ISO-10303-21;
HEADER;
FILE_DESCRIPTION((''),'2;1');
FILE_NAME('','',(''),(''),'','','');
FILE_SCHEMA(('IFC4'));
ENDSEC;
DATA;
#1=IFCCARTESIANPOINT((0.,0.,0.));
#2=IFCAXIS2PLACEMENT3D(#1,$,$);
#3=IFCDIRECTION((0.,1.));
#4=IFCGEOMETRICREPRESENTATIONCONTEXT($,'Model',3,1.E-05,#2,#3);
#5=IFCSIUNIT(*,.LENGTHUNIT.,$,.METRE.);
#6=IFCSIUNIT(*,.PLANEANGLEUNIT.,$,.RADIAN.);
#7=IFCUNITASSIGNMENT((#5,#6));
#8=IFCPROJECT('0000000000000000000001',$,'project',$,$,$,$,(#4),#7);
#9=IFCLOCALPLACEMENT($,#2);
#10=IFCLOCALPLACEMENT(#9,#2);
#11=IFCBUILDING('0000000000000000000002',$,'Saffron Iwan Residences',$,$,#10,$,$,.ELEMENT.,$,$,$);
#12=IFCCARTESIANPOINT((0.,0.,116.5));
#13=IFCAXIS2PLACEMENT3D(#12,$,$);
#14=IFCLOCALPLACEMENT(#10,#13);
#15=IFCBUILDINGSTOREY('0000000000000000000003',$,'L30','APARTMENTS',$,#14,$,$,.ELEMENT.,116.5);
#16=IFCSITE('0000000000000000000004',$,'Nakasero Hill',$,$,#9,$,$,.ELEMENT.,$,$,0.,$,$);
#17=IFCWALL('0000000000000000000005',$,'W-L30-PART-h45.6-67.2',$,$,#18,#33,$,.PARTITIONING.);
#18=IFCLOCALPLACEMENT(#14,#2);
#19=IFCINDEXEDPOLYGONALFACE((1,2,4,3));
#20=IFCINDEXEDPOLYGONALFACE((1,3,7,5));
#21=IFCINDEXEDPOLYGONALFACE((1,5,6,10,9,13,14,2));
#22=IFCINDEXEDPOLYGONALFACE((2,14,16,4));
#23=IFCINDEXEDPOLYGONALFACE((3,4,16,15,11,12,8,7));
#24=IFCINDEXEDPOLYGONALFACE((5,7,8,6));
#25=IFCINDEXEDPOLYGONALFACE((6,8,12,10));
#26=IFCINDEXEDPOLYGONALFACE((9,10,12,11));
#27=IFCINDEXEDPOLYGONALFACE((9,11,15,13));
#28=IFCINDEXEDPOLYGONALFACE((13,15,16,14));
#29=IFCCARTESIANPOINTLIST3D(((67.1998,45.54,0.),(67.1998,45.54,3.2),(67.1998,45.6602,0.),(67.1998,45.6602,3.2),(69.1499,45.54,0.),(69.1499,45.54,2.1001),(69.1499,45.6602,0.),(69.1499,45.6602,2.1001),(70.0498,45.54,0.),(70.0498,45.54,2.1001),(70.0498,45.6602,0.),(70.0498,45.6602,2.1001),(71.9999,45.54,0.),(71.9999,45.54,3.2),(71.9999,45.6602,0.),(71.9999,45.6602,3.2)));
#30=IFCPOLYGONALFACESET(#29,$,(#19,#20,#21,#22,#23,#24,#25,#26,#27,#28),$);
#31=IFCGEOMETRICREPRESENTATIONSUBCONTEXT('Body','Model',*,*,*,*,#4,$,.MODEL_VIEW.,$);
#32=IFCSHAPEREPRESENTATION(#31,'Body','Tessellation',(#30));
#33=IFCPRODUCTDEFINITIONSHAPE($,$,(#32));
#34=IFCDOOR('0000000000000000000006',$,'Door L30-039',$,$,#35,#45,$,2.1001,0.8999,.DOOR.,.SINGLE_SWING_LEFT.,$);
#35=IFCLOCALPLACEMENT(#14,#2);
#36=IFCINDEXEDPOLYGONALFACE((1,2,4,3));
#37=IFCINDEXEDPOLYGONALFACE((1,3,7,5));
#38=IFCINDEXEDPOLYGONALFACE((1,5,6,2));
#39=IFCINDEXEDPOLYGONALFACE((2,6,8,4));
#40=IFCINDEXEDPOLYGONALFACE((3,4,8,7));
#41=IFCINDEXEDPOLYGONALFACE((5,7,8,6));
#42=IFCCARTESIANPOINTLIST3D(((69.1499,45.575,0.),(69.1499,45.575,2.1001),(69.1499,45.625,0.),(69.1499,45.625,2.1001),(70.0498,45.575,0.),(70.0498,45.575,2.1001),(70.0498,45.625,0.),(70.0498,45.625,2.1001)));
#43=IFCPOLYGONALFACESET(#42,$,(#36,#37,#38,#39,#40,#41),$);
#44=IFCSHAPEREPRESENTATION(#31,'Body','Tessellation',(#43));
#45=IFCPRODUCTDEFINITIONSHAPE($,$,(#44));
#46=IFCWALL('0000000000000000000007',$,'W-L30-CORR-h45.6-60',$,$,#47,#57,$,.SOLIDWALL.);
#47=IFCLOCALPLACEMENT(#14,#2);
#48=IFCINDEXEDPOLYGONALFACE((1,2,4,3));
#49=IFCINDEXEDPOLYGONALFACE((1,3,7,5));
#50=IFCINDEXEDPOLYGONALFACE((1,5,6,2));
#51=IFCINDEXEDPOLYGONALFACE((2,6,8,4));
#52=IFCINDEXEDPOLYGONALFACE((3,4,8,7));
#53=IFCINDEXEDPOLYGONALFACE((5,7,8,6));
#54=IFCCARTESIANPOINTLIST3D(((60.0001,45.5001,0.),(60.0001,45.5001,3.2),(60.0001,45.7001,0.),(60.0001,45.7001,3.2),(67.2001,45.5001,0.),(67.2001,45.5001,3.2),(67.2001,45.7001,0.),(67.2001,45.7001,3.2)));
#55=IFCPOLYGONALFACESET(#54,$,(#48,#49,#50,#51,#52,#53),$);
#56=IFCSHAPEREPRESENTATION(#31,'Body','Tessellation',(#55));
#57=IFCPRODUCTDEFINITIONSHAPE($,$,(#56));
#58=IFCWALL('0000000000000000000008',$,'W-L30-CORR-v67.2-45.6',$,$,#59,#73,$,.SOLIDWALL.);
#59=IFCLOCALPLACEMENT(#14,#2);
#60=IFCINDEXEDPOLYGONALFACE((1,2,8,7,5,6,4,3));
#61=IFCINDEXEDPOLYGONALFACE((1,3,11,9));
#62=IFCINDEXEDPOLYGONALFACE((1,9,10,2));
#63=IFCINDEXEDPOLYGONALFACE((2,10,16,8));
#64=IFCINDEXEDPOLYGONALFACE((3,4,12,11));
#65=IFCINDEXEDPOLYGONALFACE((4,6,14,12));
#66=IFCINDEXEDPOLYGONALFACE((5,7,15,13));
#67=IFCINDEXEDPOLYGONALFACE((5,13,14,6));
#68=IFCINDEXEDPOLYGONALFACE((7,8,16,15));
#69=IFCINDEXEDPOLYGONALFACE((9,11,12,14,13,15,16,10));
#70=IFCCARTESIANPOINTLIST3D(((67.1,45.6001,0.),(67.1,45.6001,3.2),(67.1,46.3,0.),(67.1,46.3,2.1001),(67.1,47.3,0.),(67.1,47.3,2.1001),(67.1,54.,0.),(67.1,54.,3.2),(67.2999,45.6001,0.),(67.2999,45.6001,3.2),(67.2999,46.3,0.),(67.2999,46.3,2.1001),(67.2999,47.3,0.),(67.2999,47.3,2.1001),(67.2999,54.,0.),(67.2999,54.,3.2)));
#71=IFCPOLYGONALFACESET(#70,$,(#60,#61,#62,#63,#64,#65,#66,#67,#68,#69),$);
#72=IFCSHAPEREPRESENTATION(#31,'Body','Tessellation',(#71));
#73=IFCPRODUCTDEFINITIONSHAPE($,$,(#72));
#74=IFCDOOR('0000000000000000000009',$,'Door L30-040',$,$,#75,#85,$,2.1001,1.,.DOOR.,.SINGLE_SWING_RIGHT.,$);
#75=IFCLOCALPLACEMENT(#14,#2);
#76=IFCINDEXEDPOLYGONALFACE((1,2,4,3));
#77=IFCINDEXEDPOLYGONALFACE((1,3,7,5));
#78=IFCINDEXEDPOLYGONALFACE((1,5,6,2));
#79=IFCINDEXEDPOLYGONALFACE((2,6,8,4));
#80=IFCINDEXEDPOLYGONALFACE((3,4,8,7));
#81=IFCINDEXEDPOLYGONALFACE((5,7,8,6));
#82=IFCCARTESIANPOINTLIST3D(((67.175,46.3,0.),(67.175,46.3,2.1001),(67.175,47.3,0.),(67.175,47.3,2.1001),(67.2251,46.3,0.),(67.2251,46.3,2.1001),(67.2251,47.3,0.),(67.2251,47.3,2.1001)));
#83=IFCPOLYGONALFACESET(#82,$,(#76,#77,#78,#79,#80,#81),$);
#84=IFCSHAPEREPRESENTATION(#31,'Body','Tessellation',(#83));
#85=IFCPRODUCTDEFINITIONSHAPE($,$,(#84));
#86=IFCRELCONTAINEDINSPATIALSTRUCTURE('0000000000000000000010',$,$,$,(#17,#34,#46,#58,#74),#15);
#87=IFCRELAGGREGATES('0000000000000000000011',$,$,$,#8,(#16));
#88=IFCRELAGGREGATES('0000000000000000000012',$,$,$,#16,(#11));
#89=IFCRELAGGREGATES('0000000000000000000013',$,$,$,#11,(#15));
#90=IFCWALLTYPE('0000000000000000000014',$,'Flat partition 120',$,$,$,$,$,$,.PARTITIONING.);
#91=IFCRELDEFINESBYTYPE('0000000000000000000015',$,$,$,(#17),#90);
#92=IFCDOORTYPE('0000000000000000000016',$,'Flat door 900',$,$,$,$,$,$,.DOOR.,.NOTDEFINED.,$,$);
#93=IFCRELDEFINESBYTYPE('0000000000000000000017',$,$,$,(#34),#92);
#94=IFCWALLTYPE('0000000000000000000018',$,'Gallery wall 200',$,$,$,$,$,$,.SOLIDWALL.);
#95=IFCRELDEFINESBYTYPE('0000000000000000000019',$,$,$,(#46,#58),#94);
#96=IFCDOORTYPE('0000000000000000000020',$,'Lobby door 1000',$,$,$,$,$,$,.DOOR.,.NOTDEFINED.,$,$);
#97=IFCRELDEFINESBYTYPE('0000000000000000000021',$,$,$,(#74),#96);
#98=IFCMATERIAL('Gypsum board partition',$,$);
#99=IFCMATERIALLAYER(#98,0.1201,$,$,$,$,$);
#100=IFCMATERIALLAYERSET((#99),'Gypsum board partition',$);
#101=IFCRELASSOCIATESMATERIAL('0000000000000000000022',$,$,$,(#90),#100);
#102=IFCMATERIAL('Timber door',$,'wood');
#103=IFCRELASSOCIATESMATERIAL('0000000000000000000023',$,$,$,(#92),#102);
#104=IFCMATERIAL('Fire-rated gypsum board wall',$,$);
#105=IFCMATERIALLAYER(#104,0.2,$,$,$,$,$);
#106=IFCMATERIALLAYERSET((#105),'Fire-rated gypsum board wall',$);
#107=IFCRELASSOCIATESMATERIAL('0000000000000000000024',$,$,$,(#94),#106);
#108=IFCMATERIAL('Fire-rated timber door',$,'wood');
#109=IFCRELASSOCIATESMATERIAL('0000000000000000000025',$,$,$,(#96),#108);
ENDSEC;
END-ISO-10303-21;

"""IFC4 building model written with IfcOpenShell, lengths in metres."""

from ifc_helpers import new_model, si_unit, direction, frame, frame_2d, origin, place, context, subcontext, project, spatial, rectangle, extrude, material, layer, layer_set, type_object, element, fill, save


model = new_model("IFC4")

# Units and contexts
model_context = context("Model", 3, precision=1e-05, world=origin(), true_north=direction((0.0, 1.0)))
body_context = subcontext(model_context, "Body", "Model", "MODEL_VIEW")
ifc_project = project(units=[si_unit("LENGTHUNIT", "METRE"), si_unit("PLANEANGLEUNIT", "RADIAN")], contexts=[model_context])

# Site, building, storey
site_placement = place(None, origin())
site = spatial("IfcSite", under=ifc_project, at=site_placement, Name="Nakasero Hill", CompositionType="ELEMENT", RefElevation=0.0)
building_placement = place(site_placement, origin())
building = spatial("IfcBuilding", under=site, at=building_placement, Name="Saffron Iwan Residences", CompositionType="ELEMENT")
storey_placement = place(building_placement, frame((0.0, 0.0, 116.5)))
storey = spatial("IfcBuildingStorey", under=building, at=storey_placement, Name="L30", Description="APARTMENTS", CompositionType="ELEMENT", Elevation=116.5)

# Shared definitions
ifc_material_1 = material(Name="Gypsum board partition")
ifc_layer_1 = layer(ifc_material_1, 0.1201)
ifc_layer_set_1 = layer_set([ifc_layer_1], Name="Gypsum board partition")
wall_type_1 = type_object("IfcWallType", Name="Flat partition 120", PredefinedType="PARTITIONING", material=ifc_layer_set_1)
ifc_material_2 = material(Name="Timber door", Category="wood")
door_type_1 = type_object("IfcDoorType", Name="Flat door 900", OperationType="NOTDEFINED", PredefinedType="DOOR", material=ifc_material_2)

# Wall, opening, door
wall_1_placement = place(storey_placement, frame((67.2, 45.6001, 0.0), z_axis=(0.0, 0.0, 1.0), x_axis=(1.0, 0.0, 0.0)))
wall_1 = element("IfcWall", 1, at=wall_1_placement, inside=storey, type_object=wall_type_1, Name="W-L30-PART-h45.6-67.2", PredefinedType="PARTITIONING", context=body_context, shape_type="SweptSolid", body=[
    extrude(rectangle(XDim=4.8, YDim=0.1201, at=frame_2d((2.3999, 0.0))), origin(), (0.0, 0.0, 1.0), 3.2),
])
opening_1_placement = place(wall_1_placement, frame((1.95, 0.0, 0.0)))
opening_1 = element("IfcOpeningElement", 2, at=opening_1_placement, cuts=wall_1, PredefinedType="OPENING", context=body_context, shape_type="SweptSolid", body=[
    extrude(rectangle(XDim=0.8999, YDim=2.1001, at=frame_2d((0.45, 1.05))), frame((0.0, 0.0701, 0.0), z_axis=(0.0, -1.0, 0.0), x_axis=(1.0, 0.0, 0.0)), (0.0, 0.0, 1.0), 0.1401),
])
door_1_placement = place(opening_1_placement, origin())
door_1 = element("IfcDoor", 3, at=door_1_placement, inside=storey, type_object=door_type_1, Name="Door L30-039", OperationType="SINGLE_SWING_LEFT", OverallHeight=2.1001, OverallWidth=0.8999, PredefinedType="DOOR", context=body_context, shape_type="SweptSolid", body=[
    extrude(rectangle(XDim=0.8999, YDim=2.1001, at=frame_2d((0.45, 1.05))), frame((0.0, 0.0249, 0.0), z_axis=(0.0, -1.0, 0.0), x_axis=(1.0, 0.0, 0.0)), (0.0, 0.0, 1.0), 0.05),
])
fill(opening_1, door_1)

# Wall
ifc_material_3 = material(Name="Fire-rated gypsum board wall")
ifc_layer_2 = layer(ifc_material_3, 0.2)
ifc_layer_set_2 = layer_set([ifc_layer_2], Name="Fire-rated gypsum board wall")
wall_type_2 = type_object("IfcWallType", Name="Gallery wall 200", PredefinedType="SOLIDWALL", material=ifc_layer_set_2)
wall_2_placement = place(storey_placement, frame((60.0, 45.6001, 0.0), z_axis=(0.0, 0.0, 1.0), x_axis=(1.0, 0.0, 0.0)))
element("IfcWall", 4, at=wall_2_placement, inside=storey, type_object=wall_type_2, Name="W-L30-CORR-h45.6-60", PredefinedType="SOLIDWALL", context=body_context, shape_type="SweptSolid", body=[
    extrude(rectangle(XDim=7.2, YDim=0.2, at=frame_2d((3.6001, 0.0))), origin(), (0.0, 0.0, 1.0), 3.2),
])

# Wall, opening, door
wall_3_placement = place(storey_placement, frame((67.2, 45.6001, 0.0), z_axis=(0.0, 0.0, 1.0), x_axis=(0.0, 1.0, 0.0)))
wall_3 = element("IfcWall", 5, at=wall_3_placement, inside=storey, type_object=wall_type_2, Name="W-L30-CORR-v67.2-45.6", PredefinedType="SOLIDWALL", context=body_context, shape_type="SweptSolid", body=[
    extrude(rectangle(XDim=8.3999, YDim=0.2, at=frame_2d((4.2, 0.0))), origin(), (0.0, 0.0, 1.0), 3.2),
])
opening_2_placement = place(wall_3_placement, frame((0.7, 0.0, 0.0)))
opening_2 = element("IfcOpeningElement", 6, at=opening_2_placement, cuts=wall_3, PredefinedType="OPENING", context=body_context, shape_type="SweptSolid", body=[
    extrude(rectangle(XDim=1.0, YDim=2.1001, at=frame_2d((0.5, 1.05))), frame((0.0, 0.1099, 0.0), z_axis=(0.0, -1.0, 0.0), x_axis=(1.0, 0.0, 0.0)), (0.0, 0.0, 1.0), 0.22),
])
ifc_material_4 = material(Name="Fire-rated timber door", Category="wood")
door_type_2 = type_object("IfcDoorType", Name="Lobby door 1000", OperationType="NOTDEFINED", PredefinedType="DOOR", material=ifc_material_4)
door_2_placement = place(opening_2_placement, origin())
door_2 = element("IfcDoor", 7, at=door_2_placement, inside=storey, type_object=door_type_2, Name="Door L30-040", OperationType="SINGLE_SWING_RIGHT", OverallHeight=2.1001, OverallWidth=1.0, PredefinedType="DOOR", context=body_context, shape_type="SweptSolid", body=[
    extrude(rectangle(XDim=1.0, YDim=2.1001, at=frame_2d((0.5, 1.05))), frame((0.0, 0.0249, 0.0), z_axis=(0.0, -1.0, 0.0), x_axis=(1.0, 0.0, 0.0)), (0.0, 0.0, 1.0), 0.05),
])
fill(opening_2, door_2)

save(model, "model.ifc")
